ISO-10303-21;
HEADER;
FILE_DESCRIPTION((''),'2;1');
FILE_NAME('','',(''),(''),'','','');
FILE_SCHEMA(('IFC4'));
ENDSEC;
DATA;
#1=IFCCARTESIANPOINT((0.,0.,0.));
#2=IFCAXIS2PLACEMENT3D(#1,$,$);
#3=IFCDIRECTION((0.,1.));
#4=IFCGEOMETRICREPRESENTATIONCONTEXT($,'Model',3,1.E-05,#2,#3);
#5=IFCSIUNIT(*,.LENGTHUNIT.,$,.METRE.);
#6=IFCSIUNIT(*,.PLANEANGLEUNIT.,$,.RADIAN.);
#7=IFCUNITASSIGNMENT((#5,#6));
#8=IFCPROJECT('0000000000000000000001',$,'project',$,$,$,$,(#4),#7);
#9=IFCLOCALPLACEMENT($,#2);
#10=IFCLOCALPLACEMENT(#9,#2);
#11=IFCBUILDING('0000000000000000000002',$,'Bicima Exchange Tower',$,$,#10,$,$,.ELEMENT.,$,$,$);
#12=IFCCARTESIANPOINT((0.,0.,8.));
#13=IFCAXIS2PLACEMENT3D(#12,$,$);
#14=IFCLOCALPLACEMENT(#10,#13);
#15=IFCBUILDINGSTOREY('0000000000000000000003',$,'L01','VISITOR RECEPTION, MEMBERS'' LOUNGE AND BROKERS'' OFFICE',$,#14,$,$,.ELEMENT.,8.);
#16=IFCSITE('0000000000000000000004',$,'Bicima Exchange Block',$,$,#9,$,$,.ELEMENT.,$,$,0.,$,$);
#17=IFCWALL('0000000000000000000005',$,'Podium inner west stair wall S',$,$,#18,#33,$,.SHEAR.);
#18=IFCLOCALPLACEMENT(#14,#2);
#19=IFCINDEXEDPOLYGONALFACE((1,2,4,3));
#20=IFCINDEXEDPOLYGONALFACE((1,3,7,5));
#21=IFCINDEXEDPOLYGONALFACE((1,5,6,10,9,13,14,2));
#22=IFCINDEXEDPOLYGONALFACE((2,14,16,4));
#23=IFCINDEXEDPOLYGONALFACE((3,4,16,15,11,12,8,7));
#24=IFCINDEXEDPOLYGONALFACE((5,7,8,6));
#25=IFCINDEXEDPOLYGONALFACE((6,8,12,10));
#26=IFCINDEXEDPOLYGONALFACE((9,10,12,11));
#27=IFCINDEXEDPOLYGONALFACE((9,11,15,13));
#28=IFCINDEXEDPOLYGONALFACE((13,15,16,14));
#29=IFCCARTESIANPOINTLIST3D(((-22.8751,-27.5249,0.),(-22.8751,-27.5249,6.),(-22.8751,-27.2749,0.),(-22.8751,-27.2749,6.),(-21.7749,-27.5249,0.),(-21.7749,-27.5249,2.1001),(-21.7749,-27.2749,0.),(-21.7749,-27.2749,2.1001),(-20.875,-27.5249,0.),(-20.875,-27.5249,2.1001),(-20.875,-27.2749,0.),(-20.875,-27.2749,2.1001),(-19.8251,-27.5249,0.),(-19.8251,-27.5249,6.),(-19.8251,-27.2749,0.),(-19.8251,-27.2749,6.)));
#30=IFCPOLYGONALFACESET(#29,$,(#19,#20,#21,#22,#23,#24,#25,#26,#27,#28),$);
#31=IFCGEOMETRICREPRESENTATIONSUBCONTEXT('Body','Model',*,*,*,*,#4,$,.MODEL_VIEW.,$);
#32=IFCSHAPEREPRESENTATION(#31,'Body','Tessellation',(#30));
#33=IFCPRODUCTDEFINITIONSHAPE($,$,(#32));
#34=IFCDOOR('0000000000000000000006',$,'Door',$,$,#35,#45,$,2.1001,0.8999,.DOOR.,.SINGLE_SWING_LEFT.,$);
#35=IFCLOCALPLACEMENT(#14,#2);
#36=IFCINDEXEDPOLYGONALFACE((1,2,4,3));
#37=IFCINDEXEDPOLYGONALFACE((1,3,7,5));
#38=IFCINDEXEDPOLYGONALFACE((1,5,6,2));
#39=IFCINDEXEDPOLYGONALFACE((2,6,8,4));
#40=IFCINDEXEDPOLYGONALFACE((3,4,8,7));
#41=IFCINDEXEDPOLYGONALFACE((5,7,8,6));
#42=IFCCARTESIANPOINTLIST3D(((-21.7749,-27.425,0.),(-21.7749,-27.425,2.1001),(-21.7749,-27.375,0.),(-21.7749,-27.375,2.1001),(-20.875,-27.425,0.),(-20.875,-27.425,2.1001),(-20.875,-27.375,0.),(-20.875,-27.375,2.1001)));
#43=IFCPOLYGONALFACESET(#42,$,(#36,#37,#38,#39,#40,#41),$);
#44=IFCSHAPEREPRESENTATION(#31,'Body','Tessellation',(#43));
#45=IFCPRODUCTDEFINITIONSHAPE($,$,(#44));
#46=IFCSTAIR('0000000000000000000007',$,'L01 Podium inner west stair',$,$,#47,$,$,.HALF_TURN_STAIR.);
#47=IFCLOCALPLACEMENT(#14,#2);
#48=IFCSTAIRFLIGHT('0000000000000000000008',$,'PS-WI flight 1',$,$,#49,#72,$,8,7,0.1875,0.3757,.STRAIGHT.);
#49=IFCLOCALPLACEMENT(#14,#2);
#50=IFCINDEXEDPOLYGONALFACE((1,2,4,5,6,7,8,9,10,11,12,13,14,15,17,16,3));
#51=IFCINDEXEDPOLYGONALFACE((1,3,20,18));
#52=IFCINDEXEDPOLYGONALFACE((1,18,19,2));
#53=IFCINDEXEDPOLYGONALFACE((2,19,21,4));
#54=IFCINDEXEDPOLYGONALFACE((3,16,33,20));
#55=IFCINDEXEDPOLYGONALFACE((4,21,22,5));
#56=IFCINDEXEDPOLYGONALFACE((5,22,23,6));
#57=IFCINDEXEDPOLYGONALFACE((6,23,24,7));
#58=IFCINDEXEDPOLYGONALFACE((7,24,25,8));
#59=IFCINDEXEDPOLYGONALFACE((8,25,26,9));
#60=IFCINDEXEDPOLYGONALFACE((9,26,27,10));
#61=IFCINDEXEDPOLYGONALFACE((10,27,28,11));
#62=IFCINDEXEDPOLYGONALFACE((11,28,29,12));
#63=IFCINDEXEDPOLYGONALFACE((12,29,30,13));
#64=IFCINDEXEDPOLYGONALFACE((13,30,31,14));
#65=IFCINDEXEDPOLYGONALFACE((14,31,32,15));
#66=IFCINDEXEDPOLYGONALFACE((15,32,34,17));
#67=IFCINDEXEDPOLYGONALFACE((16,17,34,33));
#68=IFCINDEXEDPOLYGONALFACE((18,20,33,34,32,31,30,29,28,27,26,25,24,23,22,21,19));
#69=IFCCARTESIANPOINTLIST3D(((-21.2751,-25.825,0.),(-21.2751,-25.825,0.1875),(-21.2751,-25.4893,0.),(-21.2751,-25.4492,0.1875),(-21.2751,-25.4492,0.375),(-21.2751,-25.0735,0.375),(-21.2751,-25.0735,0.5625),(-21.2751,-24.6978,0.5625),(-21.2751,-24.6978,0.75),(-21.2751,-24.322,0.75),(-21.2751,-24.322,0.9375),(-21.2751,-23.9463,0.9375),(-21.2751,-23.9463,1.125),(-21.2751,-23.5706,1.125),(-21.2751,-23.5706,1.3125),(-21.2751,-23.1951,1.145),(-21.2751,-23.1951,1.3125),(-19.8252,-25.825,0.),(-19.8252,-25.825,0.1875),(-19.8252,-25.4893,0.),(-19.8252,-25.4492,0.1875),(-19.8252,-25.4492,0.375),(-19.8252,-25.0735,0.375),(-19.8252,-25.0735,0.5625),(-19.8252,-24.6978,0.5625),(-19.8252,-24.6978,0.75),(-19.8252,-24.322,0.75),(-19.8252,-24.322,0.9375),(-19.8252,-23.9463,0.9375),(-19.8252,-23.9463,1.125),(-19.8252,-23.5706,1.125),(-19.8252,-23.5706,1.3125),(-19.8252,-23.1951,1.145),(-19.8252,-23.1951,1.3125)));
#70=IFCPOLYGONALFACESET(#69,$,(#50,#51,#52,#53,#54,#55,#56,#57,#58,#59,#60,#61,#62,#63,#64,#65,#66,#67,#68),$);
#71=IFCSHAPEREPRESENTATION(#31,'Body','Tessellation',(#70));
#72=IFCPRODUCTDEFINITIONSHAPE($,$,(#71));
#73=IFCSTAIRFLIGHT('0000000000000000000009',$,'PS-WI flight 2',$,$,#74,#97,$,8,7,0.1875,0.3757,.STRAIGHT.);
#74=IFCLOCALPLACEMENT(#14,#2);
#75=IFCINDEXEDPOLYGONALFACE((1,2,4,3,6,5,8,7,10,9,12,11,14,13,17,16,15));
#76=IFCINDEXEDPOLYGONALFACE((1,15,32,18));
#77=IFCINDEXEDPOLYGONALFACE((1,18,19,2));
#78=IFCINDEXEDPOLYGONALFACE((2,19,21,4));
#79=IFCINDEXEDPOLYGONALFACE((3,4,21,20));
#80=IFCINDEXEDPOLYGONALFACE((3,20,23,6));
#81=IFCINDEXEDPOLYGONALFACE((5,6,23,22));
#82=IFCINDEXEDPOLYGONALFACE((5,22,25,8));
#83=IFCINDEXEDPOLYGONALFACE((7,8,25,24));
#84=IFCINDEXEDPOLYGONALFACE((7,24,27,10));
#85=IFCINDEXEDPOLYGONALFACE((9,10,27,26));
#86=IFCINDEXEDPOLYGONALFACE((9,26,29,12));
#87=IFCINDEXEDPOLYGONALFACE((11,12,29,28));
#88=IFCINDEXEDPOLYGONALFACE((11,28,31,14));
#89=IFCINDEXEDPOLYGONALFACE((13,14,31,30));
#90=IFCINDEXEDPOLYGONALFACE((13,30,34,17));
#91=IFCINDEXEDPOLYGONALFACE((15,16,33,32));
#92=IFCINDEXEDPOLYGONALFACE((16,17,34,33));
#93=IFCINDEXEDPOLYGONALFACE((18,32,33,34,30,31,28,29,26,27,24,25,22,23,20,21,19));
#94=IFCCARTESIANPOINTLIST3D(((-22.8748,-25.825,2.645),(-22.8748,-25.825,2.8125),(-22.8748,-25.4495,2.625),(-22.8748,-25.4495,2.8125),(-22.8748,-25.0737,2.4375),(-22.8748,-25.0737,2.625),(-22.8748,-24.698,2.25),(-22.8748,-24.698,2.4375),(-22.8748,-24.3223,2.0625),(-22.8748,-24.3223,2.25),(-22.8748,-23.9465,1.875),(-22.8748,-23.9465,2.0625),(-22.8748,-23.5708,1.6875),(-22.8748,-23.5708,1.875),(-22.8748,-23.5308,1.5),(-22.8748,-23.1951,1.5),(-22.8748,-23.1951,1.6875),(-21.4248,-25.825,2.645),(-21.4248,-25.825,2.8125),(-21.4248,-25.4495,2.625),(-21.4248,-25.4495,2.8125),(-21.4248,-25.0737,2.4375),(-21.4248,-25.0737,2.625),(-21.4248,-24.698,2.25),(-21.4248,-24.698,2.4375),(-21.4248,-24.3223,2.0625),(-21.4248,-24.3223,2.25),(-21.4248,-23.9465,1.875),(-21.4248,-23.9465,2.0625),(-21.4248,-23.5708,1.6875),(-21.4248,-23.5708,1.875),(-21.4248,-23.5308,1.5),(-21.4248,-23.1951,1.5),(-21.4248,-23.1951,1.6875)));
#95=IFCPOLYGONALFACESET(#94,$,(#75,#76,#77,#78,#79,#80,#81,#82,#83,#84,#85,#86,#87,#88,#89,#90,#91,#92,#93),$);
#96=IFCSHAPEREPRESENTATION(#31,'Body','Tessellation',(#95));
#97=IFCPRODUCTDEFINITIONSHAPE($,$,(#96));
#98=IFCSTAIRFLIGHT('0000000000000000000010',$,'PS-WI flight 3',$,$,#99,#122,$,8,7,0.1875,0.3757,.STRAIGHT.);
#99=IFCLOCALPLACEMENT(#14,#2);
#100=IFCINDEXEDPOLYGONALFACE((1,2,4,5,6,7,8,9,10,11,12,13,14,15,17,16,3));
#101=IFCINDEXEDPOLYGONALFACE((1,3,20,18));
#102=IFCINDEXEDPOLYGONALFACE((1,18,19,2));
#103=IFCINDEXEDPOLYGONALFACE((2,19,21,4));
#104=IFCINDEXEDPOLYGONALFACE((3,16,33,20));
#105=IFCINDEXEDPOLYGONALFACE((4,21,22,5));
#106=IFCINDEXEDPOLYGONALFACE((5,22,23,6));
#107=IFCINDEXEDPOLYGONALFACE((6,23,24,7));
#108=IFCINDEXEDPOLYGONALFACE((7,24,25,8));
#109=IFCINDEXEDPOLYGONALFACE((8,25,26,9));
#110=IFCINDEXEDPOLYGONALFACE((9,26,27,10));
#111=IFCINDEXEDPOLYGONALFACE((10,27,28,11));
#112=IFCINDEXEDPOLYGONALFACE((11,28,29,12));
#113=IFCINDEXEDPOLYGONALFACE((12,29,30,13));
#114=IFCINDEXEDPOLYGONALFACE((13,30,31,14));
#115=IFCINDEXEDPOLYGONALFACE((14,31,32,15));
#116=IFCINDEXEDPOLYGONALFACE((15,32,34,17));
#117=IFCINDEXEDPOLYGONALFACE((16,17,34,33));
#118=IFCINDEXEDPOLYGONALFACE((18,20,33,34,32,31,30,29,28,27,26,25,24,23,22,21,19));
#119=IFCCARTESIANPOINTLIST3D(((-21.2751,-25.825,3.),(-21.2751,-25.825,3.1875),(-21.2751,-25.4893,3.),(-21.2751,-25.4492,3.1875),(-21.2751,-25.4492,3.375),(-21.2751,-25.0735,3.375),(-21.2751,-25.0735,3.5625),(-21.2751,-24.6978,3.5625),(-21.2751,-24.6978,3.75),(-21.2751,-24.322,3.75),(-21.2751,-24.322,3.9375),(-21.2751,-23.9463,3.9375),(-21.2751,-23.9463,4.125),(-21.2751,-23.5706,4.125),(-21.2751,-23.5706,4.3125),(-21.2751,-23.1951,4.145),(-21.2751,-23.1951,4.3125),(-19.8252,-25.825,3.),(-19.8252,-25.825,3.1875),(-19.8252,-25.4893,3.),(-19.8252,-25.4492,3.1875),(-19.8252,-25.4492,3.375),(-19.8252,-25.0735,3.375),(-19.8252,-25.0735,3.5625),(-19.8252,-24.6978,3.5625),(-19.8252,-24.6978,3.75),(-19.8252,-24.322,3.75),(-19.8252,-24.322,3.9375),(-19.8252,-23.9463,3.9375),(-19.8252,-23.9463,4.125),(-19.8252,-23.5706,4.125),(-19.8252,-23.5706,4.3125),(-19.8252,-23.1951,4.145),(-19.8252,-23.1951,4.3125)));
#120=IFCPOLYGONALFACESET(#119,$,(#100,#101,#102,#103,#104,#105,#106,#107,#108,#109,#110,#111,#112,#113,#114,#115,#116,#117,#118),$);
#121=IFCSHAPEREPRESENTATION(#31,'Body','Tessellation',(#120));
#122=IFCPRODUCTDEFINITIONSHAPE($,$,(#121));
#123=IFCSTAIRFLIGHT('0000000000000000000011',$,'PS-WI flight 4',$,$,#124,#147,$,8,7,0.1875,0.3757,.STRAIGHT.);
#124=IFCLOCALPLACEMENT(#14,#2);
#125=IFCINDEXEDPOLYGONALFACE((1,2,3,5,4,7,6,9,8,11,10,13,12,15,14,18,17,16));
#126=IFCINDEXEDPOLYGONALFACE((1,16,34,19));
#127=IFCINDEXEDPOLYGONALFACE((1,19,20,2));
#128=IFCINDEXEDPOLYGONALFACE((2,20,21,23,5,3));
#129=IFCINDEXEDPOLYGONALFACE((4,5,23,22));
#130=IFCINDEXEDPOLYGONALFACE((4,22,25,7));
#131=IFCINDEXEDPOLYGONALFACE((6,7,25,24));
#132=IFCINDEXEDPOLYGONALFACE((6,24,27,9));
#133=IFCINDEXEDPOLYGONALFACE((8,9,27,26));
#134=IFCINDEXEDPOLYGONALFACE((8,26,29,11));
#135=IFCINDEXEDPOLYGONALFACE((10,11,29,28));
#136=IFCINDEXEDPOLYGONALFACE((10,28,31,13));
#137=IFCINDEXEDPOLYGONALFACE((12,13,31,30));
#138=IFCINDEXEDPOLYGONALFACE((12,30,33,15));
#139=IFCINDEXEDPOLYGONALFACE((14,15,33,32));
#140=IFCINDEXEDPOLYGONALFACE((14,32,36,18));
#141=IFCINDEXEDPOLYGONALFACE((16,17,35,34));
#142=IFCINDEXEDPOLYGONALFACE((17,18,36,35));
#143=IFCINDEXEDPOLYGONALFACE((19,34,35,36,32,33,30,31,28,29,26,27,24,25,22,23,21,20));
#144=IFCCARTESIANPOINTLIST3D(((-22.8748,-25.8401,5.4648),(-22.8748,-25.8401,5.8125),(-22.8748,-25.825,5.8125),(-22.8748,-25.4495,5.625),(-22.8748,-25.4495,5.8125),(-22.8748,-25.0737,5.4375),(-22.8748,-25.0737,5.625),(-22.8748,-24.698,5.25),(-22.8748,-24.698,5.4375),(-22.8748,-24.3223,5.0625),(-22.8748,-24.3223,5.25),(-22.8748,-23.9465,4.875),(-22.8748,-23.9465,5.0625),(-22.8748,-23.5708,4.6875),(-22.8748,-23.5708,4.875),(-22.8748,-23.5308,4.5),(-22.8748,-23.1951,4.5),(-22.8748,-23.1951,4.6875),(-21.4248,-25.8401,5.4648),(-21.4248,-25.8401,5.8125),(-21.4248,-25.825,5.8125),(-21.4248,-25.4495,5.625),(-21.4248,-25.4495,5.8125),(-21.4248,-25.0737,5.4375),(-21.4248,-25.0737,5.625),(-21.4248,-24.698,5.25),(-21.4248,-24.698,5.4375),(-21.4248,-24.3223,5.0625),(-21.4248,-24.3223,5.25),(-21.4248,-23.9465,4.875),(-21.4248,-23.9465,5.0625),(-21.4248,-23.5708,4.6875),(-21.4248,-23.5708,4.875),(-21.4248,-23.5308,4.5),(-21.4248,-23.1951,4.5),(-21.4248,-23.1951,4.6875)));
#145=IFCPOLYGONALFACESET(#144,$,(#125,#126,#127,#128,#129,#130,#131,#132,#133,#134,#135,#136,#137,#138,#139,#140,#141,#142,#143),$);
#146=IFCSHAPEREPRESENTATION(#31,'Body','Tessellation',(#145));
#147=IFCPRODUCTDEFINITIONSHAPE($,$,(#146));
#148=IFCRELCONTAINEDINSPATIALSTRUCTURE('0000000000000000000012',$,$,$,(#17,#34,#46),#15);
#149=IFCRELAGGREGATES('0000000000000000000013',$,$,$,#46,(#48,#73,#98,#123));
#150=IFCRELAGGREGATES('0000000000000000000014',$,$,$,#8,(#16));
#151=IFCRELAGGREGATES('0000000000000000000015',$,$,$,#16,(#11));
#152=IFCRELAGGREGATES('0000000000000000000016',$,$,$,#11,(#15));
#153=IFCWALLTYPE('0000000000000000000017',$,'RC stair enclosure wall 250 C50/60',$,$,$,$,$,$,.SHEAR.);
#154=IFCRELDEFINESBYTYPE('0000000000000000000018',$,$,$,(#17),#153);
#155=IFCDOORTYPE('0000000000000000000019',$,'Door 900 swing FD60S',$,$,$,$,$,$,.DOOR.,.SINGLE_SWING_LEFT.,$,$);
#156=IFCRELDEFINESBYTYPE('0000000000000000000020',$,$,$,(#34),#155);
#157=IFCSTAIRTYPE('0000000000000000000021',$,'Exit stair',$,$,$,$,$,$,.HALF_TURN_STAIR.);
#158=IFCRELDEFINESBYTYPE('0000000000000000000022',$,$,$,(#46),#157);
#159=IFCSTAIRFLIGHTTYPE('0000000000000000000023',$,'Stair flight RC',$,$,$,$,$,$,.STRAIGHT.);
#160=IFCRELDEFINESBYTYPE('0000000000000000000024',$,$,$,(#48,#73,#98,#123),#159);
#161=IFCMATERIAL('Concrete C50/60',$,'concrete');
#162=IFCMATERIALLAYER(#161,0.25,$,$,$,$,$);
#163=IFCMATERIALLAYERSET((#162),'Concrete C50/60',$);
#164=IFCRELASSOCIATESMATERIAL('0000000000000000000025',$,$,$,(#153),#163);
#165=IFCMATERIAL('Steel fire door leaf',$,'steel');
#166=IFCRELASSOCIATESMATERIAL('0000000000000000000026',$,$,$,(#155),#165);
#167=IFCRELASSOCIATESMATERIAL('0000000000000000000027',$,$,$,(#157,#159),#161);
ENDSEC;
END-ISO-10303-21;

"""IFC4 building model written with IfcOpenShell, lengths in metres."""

from ifc_helpers import new_model, si_unit, direction, frame, frame_2d, origin, place, context, subcontext, project, spatial, polyline, rectangle, outline, extrude, material, layer, layer_set, type_object, element, fill, aggregate, save


model = new_model("IFC4")

# Units and contexts
model_context = context("Model", 3, precision=1e-05, world=origin(), true_north=direction((0.0, 1.0)))
body_context = subcontext(model_context, "Body", "Model", "MODEL_VIEW")
ifc_project = project(units=[si_unit("LENGTHUNIT", "METRE"), si_unit("PLANEANGLEUNIT", "RADIAN")], contexts=[model_context])

# Site, building, storey
site_placement = place(None, origin())
site = spatial("IfcSite", under=ifc_project, at=site_placement, Name="Bicima Exchange Block", CompositionType="ELEMENT", RefElevation=0.0)
building_placement = place(site_placement, origin())
building = spatial("IfcBuilding", under=site, at=building_placement, Name="Bicima Exchange Tower", CompositionType="ELEMENT")
storey_placement = place(building_placement, frame((0.0, 0.0, 8.0)))
storey = spatial("IfcBuildingStorey", under=building, at=storey_placement, Name="L01", Description="VISITOR RECEPTION, MEMBERS' LOUNGE AND BROKERS' OFFICE", CompositionType="ELEMENT", Elevation=8.0)

# Shared definitions
ifc_material_1 = material(Name="Concrete C50/60", Category="concrete")
ifc_layer_1 = layer(ifc_material_1, 0.25)
ifc_layer_set_1 = layer_set([ifc_layer_1], Name="Concrete C50/60")
wall_type_1 = type_object("IfcWallType", Name="RC stair enclosure wall 250 C50/60", PredefinedType="SHEAR", material=ifc_layer_set_1)

# Wall, opening, door
wall_1_placement = place(storey_placement, frame((-22.875, -27.3999, 0.0), z_axis=(0.0, 0.0, 1.0), x_axis=(1.0, 0.0, 0.0)))
wall_1 = element("IfcWall", 1, at=wall_1_placement, inside=storey, type_object=wall_type_1, Name="Podium inner west stair wall S", PredefinedType="SHEAR", context=body_context, shape_type="SweptSolid", body=[
    extrude(rectangle(XDim=3.05, YDim=0.25, at=frame_2d((1.5249, 0.0))), origin(), (0.0, 0.0, 1.0), 6.0),
])
opening_placement = place(wall_1_placement, frame((1.1001, 0.0, 0.0)))
opening = element("IfcOpeningElement", 2, at=opening_placement, cuts=wall_1, PredefinedType="OPENING", context=body_context, shape_type="SweptSolid", body=[
    extrude(rectangle(XDim=0.8999, YDim=2.1001, at=frame_2d((0.45, 1.05))), frame((0.0, 0.137, 0.0), z_axis=(0.0, -1.0, 0.0), x_axis=(1.0, 0.0, 0.0)), (0.0, 0.0, 1.0), 0.2739),
])
ifc_material_2 = material(Name="Steel fire door leaf", Category="steel")
door_type = type_object("IfcDoorType", Name="Door 900 swing FD60S", OperationType="SINGLE_SWING_LEFT", PredefinedType="DOOR", material=ifc_material_2)
door_placement = place(opening_placement, origin())
door = element("IfcDoor", 3, at=door_placement, inside=storey, type_object=door_type, Name="Door", OperationType="SINGLE_SWING_LEFT", OverallHeight=2.1001, OverallWidth=0.8999, PredefinedType="DOOR", context=body_context, shape_type="SweptSolid", body=[
    extrude(rectangle(XDim=0.8999, YDim=2.1001, at=frame_2d((0.45, 1.05))), frame((0.0, 0.0249, 0.0), z_axis=(0.0, -1.0, 0.0), x_axis=(1.0, 0.0, 0.0)), (0.0, 0.0, 1.0), 0.05),
])
fill(opening, door)

# Stair, stair flights
stair_type = type_object("IfcStairType", Name="Exit stair", PredefinedType="HALF_TURN_STAIR", material=ifc_material_1)
stair_placement = place(storey_placement, origin())
stair = element("IfcStair", 4, at=stair_placement, inside=storey, type_object=stair_type, Name="L01 Podium inner west stair", PredefinedType="HALF_TURN_STAIR")
stair_flight_type = type_object("IfcStairFlightType", Name="Stair flight RC", PredefinedType="STRAIGHT", material=ifc_material_1)
stair_flight_1_placement = place(storey_placement, frame((-20.55, -25.825, 0.0), z_axis=(0.0, 0.0, 1.0), x_axis=(0.0, 1.0, 0.0)))
stair_flight_1 = element("IfcStairFlight", 5, at=stair_flight_1_placement, type_object=stair_flight_type, Name="PS-WI flight 1", NumberOfRisers=8, NumberOfTreads=7, PredefinedType="STRAIGHT", RiserHeight=0.1875, TreadLength=0.3757, context=body_context, shape_type="SweptSolid", body=[
    extrude(outline(polyline([(0.0, 0.0), (0.0, 0.1875), (0.3757, 0.1875), (0.3757, 0.375), (0.7515, 0.375), (0.7515, 0.5625), (1.1272, 0.5625), (1.1272, 0.75), (1.5029, 0.75), (1.5029, 0.9375), (1.8787, 0.9375), (1.8787, 1.125), (2.2544, 1.125), (2.2544, 1.3125), (2.6299, 1.3125), (2.6299, 1.5), (2.6299, 1.145), (0.3357, 0.0), (0.0, 0.0)])), frame((0.0, 0.7251, 0.0), z_axis=(0.0, -1.0, 0.0), x_axis=(1.0, 0.0, 0.0)), (0.0, 0.0, 1.0), 1.45),
])
stair_flight_2_placement = place(storey_placement, frame((-22.1499, -23.1951, 1.5), z_axis=(0.0, 0.0, 1.0), x_axis=(0.0, -1.0, 0.0)))
stair_flight_2 = element("IfcStairFlight", 6, at=stair_flight_2_placement, type_object=stair_flight_type, Name="PS-WI flight 2", NumberOfRisers=8, NumberOfTreads=7, PredefinedType="STRAIGHT", RiserHeight=0.1875, TreadLength=0.3757, context=body_context, shape_type="SweptSolid", body=[
    extrude(outline(polyline([(0.0, 0.0), (0.0, 0.1875), (0.3757, 0.1875), (0.3757, 0.375), (0.7515, 0.375), (0.7515, 0.5625), (1.1272, 0.5625), (1.1272, 0.75), (1.5029, 0.75), (1.5029, 0.9375), (1.8787, 0.9375), (1.8787, 1.125), (2.2544, 1.125), (2.2544, 1.3125), (2.6299, 1.3125), (2.6299, 1.5), (2.6299, 1.145), (0.3357, 0.0), (0.0, 0.0)])), frame((0.0, 0.7251, 0.0), z_axis=(0.0, -1.0, 0.0), x_axis=(1.0, 0.0, 0.0)), (0.0, 0.0, 1.0), 1.45),
])
stair_flight_3_placement = place(storey_placement, frame((-20.55, -25.825, 3.0), z_axis=(0.0, 0.0, 1.0), x_axis=(0.0, 1.0, 0.0)))
stair_flight_3 = element("IfcStairFlight", 7, at=stair_flight_3_placement, type_object=stair_flight_type, Name="PS-WI flight 3", NumberOfRisers=8, NumberOfTreads=7, PredefinedType="STRAIGHT", RiserHeight=0.1875, TreadLength=0.3757, context=body_context, shape_type="SweptSolid", body=[
    extrude(outline(polyline([(0.0, 0.0), (0.0, 0.1875), (0.3757, 0.1875), (0.3757, 0.375), (0.7515, 0.375), (0.7515, 0.5625), (1.1272, 0.5625), (1.1272, 0.75), (1.5029, 0.75), (1.5029, 0.9375), (1.8787, 0.9375), (1.8787, 1.125), (2.2544, 1.125), (2.2544, 1.3125), (2.6299, 1.3125), (2.6299, 1.5), (2.6299, 1.145), (0.3357, 0.0), (0.0, 0.0)])), frame((0.0, 0.7251, 0.0), z_axis=(0.0, -1.0, 0.0), x_axis=(1.0, 0.0, 0.0)), (0.0, 0.0, 1.0), 1.45),
])
stair_flight_4_placement = place(storey_placement, frame((-22.1499, -23.1951, 4.5), z_axis=(0.0, 0.0, 1.0), x_axis=(0.0, -1.0, 0.0)))
stair_flight_4 = element("IfcStairFlight", 8, at=stair_flight_4_placement, type_object=stair_flight_type, Name="PS-WI flight 4", NumberOfRisers=8, NumberOfTreads=7, PredefinedType="STRAIGHT", RiserHeight=0.1875, TreadLength=0.3757, context=body_context, shape_type="SweptSolid", body=[
    extrude(outline(polyline([(0.0, 0.0), (0.0, 0.1875), (0.3757, 0.1875), (0.3757, 0.375), (0.7515, 0.375), (0.7515, 0.5625), (1.1272, 0.5625), (1.1272, 0.75), (1.5029, 0.75), (1.5029, 0.9375), (1.8787, 0.9375), (1.8787, 1.125), (2.2544, 1.125), (2.2544, 1.3125), (2.6299, 1.3125), (2.645, 1.3125), (2.645, 0.9648), (0.3357, 0.0), (0.0, 0.0)])), frame((0.0, 0.7251, 0.0), z_axis=(0.0, -1.0, 0.0), x_axis=(1.0, 0.0, 0.0)), (0.0, 0.0, 1.0), 1.45),
])
aggregate(stair, [stair_flight_1, stair_flight_2, stair_flight_3, stair_flight_4])

save(model, "model.ifc")
